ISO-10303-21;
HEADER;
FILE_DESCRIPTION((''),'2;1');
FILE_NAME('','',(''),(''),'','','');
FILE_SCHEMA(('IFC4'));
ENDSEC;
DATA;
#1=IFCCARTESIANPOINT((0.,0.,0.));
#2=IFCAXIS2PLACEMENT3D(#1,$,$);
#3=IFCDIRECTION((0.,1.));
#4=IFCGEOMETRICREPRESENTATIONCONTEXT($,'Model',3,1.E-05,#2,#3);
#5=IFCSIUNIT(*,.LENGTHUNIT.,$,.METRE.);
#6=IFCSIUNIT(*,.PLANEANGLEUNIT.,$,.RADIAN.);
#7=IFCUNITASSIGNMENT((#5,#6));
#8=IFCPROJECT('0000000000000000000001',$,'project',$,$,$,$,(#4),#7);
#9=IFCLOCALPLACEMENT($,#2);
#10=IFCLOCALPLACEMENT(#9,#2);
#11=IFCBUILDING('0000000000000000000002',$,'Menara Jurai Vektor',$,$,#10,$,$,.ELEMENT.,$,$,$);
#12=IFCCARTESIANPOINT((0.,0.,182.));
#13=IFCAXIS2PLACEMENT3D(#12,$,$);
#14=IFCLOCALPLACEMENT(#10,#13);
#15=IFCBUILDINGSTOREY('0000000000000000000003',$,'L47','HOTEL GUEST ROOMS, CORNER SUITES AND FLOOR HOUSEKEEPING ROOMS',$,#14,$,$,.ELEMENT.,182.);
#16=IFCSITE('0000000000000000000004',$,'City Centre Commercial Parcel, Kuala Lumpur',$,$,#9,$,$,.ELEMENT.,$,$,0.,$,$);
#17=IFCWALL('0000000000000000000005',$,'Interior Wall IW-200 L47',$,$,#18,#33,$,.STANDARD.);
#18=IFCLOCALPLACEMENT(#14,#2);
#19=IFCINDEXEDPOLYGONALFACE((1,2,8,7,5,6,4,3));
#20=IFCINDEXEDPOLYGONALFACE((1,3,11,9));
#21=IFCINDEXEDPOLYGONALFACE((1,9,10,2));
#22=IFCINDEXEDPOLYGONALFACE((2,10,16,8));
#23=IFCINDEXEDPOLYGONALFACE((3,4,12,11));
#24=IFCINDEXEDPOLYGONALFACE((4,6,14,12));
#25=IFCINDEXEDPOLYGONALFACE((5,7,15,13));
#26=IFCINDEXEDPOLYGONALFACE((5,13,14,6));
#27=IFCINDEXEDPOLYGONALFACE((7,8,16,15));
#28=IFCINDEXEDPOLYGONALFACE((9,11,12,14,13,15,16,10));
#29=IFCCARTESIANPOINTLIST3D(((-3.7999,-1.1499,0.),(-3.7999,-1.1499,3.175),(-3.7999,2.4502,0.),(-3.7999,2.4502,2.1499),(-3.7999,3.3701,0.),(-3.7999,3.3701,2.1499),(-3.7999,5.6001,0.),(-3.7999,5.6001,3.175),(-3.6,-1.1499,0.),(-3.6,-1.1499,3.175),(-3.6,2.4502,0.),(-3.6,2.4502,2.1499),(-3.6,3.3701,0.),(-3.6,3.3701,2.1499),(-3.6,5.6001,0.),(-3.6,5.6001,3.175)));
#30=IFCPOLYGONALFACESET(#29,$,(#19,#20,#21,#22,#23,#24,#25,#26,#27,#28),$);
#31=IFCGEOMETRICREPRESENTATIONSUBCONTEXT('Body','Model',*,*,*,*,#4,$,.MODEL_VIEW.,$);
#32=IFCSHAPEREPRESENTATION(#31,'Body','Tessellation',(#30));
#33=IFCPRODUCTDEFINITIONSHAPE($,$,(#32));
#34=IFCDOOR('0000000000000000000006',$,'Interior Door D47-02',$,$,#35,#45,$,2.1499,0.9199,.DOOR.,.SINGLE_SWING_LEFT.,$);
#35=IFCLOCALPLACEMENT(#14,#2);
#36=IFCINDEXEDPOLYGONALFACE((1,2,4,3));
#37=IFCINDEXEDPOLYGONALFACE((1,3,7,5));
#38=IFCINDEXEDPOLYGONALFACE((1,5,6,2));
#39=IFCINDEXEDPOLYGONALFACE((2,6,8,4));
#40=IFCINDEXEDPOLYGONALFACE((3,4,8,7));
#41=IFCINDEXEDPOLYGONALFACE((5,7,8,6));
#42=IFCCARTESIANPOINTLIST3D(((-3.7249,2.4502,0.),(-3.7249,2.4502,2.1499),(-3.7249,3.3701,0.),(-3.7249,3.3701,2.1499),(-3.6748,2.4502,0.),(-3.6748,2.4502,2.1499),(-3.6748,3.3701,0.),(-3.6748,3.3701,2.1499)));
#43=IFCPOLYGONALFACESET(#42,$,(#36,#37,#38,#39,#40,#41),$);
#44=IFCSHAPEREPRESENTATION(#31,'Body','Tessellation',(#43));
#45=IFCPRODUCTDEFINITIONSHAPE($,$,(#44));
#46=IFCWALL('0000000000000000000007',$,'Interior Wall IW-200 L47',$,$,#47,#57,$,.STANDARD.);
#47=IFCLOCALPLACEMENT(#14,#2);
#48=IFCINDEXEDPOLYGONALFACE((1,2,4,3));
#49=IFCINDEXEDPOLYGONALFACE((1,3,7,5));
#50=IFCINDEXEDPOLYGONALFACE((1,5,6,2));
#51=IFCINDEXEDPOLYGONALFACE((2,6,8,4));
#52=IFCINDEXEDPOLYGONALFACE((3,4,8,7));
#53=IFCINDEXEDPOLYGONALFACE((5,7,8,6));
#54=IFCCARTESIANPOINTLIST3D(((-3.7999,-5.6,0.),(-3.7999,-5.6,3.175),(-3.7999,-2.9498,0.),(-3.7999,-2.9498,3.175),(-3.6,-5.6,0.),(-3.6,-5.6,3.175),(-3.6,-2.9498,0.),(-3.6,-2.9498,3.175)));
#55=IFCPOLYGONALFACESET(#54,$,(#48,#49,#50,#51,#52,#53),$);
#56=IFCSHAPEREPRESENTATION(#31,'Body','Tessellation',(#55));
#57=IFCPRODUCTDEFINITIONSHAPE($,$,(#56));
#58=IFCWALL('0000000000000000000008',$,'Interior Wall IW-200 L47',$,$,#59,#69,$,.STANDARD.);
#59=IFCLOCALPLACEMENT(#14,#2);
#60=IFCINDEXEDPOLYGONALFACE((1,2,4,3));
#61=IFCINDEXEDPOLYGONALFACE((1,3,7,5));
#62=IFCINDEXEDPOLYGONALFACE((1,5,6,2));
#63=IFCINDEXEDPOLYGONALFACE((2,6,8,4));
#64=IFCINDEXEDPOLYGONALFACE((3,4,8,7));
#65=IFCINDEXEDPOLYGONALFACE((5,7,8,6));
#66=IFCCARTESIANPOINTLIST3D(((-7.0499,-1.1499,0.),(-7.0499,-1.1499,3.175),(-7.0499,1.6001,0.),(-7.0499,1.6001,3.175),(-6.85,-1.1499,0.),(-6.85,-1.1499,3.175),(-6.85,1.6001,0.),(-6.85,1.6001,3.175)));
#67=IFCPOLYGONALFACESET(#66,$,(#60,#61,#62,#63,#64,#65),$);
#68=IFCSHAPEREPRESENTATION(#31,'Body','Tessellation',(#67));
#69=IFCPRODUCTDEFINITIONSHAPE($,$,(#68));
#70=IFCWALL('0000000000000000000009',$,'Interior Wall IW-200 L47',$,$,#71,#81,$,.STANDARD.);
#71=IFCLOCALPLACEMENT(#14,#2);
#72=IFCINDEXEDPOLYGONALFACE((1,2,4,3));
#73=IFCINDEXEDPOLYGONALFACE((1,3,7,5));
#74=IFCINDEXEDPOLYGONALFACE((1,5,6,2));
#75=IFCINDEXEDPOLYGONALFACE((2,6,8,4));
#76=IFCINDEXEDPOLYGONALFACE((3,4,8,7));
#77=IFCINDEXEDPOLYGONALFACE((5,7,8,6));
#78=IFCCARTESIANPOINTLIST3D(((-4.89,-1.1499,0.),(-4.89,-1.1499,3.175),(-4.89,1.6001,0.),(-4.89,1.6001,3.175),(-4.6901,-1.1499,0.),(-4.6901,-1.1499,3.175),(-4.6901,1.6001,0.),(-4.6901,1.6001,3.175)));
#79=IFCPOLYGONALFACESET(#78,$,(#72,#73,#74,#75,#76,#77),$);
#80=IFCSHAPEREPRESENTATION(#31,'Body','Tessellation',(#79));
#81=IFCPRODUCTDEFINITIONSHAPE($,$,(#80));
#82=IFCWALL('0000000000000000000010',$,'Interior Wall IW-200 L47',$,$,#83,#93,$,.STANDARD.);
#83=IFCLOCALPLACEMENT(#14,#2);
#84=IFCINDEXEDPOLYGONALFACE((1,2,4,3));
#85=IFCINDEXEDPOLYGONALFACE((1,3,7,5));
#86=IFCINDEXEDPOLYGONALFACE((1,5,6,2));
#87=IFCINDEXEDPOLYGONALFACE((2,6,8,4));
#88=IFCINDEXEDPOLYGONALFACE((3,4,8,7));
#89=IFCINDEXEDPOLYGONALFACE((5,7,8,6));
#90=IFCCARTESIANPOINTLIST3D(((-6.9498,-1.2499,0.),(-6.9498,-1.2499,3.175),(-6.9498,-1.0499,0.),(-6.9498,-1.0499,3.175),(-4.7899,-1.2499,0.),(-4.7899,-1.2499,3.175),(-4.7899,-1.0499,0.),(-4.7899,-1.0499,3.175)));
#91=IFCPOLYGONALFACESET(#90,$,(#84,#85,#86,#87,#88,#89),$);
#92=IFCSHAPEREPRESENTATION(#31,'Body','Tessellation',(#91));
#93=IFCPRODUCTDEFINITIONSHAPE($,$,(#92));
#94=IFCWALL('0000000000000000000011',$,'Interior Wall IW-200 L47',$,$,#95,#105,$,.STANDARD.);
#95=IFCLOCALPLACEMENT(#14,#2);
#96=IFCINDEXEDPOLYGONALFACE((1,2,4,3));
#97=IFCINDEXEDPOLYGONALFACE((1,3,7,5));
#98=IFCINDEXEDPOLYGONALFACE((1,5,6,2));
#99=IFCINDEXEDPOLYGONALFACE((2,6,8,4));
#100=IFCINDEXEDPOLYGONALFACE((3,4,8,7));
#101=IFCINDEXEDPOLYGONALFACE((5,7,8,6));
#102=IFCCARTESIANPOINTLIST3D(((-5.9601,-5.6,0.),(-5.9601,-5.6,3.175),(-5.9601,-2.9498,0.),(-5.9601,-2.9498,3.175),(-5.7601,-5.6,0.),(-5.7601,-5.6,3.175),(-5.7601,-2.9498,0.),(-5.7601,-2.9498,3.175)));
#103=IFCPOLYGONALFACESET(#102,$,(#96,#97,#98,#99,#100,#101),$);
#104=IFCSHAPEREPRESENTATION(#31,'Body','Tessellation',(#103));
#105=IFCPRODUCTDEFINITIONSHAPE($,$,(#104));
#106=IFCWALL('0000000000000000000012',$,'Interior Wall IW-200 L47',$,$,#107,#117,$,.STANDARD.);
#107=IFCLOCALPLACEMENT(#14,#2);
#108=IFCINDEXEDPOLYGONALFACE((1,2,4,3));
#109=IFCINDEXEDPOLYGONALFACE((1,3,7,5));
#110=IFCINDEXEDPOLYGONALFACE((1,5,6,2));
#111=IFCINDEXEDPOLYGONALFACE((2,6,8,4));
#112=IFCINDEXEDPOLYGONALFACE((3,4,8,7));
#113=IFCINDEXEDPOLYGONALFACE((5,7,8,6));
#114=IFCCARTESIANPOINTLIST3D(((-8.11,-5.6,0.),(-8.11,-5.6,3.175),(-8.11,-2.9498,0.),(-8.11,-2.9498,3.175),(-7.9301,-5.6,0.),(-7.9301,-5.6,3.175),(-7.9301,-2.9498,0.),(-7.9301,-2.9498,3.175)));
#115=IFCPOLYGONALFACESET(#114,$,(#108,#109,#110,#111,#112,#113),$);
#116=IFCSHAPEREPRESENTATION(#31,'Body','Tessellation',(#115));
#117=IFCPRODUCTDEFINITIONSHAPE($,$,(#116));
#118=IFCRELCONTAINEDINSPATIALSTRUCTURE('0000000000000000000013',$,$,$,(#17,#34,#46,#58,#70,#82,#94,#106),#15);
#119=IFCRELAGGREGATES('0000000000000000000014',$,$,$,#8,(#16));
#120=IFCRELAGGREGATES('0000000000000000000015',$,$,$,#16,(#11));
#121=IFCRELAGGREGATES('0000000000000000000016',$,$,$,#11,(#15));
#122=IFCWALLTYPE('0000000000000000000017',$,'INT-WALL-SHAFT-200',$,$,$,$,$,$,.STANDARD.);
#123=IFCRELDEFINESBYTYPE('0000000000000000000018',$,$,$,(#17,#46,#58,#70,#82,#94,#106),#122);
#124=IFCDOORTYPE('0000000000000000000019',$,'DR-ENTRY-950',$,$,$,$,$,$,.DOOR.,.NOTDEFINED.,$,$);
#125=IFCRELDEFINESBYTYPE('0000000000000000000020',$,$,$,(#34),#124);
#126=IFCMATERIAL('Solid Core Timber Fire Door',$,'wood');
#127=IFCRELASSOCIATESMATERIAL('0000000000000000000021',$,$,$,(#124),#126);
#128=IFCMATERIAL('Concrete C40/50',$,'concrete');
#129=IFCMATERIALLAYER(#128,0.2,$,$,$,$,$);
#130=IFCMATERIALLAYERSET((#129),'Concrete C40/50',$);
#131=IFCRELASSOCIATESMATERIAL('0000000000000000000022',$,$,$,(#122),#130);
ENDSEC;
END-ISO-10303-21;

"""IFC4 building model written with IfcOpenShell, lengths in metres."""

from ifc_helpers import new_model, si_unit, direction, frame, frame_2d, origin, place, context, subcontext, project, spatial, rectangle, extrude, material, layer, layer_set, type_object, element, fill, save


model = new_model("IFC4")

# Units and contexts
model_context = context("Model", 3, precision=1e-05, world=origin(), true_north=direction((0.0, 1.0)))
body_context = subcontext(model_context, "Body", "Model", "MODEL_VIEW")
ifc_project = project(units=[si_unit("LENGTHUNIT", "METRE"), si_unit("PLANEANGLEUNIT", "RADIAN")], contexts=[model_context])

# Site, building, storey
site_placement = place(None, origin())
site = spatial("IfcSite", under=ifc_project, at=site_placement, Name="City Centre Commercial Parcel, Kuala Lumpur", CompositionType="ELEMENT", RefElevation=0.0)
building_placement = place(site_placement, origin())
building = spatial("IfcBuilding", under=site, at=building_placement, Name="Menara Jurai Vektor", CompositionType="ELEMENT")
storey_placement = place(building_placement, frame((0.0, 0.0, 182.0)))
storey = spatial("IfcBuildingStorey", under=building, at=storey_placement, Name="L47", Description="HOTEL GUEST ROOMS, CORNER SUITES AND FLOOR HOUSEKEEPING ROOMS", CompositionType="ELEMENT", Elevation=182.0)

# Shared definitions
ifc_material_1 = material(Name="Concrete C40/50", Category="concrete")

# Wall, opening, door
ifc_material_2 = material(Name="Solid Core Timber Fire Door", Category="wood")
door_type_1 = type_object("IfcDoorType", Name="DR-ENTRY-950", OperationType="NOTDEFINED", PredefinedType="DOOR", material=ifc_material_2)
ifc_layer_1 = layer(ifc_material_1, 0.2)
ifc_layer_set_1 = layer_set([ifc_layer_1], Name="Concrete C40/50")
wall_type_1 = type_object("IfcWallType", Name="INT-WALL-SHAFT-200", PredefinedType="STANDARD", material=ifc_layer_set_1)
wall_1_placement = place(storey_placement, frame((-3.7, -1.1499, 0.0), z_axis=(0.0, 0.0, 1.0), x_axis=(0.0, 1.0, 0.0)))
wall_1 = element("IfcWall", 1, at=wall_1_placement, inside=storey, type_object=wall_type_1, Name="Interior Wall IW-200 L47", PredefinedType="STANDARD", context=body_context, shape_type="SweptSolid", body=[
    extrude(rectangle(XDim=6.75, YDim=0.2, at=frame_2d((3.375, 0.0))), origin(), (0.0, 0.0, 1.0), 3.175),
])
opening_1_placement = place(wall_1_placement, frame((3.6001, 0.0, 0.0)))
opening_1 = element("IfcOpeningElement", 2, at=opening_1_placement, cuts=wall_1, PredefinedType="OPENING", context=body_context, shape_type="SweptSolid", body=[
    extrude(rectangle(XDim=0.9199, YDim=2.1499, at=frame_2d((0.46, 1.075))), frame((0.0, 0.1099, 0.0), z_axis=(0.0, -1.0, 0.0), x_axis=(1.0, 0.0, 0.0)), (0.0, 0.0, 1.0), 0.22),
])
door_1_placement = place(opening_1_placement, origin())
door_1 = element("IfcDoor", 3, at=door_1_placement, inside=storey, type_object=door_type_1, Name="Interior Door D47-02", OperationType="SINGLE_SWING_LEFT", OverallHeight=2.1499, OverallWidth=0.9199, PredefinedType="DOOR", context=body_context, shape_type="SweptSolid", body=[
    extrude(rectangle(XDim=0.9199, YDim=2.1499, at=frame_2d((0.46, 1.075))), frame((0.0, 0.0249, 0.0), z_axis=(0.0, -1.0, 0.0), x_axis=(1.0, 0.0, 0.0)), (0.0, 0.0, 1.0), 0.05),
])
fill(opening_1, door_1)

# Walls
wall_2_placement = place(storey_placement, frame((-3.7, -5.6001, 0.0), z_axis=(0.0, 0.0, 1.0), x_axis=(0.0, 1.0, 0.0)))
element("IfcWall", 4, at=wall_2_placement, inside=storey, type_object=wall_type_1, Name="Interior Wall IW-200 L47", PredefinedType="STANDARD", context=body_context, shape_type="SweptSolid", body=[
    extrude(rectangle(XDim=2.6501, YDim=0.2, at=frame_2d((1.3252, 0.0))), origin(), (0.0, 0.0, 1.0), 3.175),
])
wall_3_placement = place(storey_placement, frame((-6.95, -1.1499, 0.0), z_axis=(0.0, 0.0, 1.0), x_axis=(0.0, 1.0, 0.0)))
element("IfcWall", 5, at=wall_3_placement, inside=storey, type_object=wall_type_1, Name="Interior Wall IW-200 L47", PredefinedType="STANDARD", context=body_context, shape_type="SweptSolid", body=[
    extrude(rectangle(XDim=2.75, YDim=0.2, at=frame_2d((1.375, 0.0))), origin(), (0.0, 0.0, 1.0), 3.175),
])

# Walls
wall_4_placement = place(storey_placement, frame((-4.79, -1.1499, 0.0), z_axis=(0.0, 0.0, 1.0), x_axis=(0.0, 1.0, 0.0)))
element("IfcWall", 6, at=wall_4_placement, inside=storey, type_object=wall_type_1, Name="Interior Wall IW-200 L47", PredefinedType="STANDARD", context=body_context, shape_type="SweptSolid", body=[
    extrude(rectangle(XDim=2.75, YDim=0.2, at=frame_2d((1.375, 0.0))), origin(), (0.0, 0.0, 1.0), 3.175),
])
wall_5_placement = place(storey_placement, frame((-6.95, -1.1499, 0.0), z_axis=(0.0, 0.0, 1.0), x_axis=(1.0, 0.0, 0.0)))
element("IfcWall", 7, at=wall_5_placement, inside=storey, type_object=wall_type_1, Name="Interior Wall IW-200 L47", PredefinedType="STANDARD", context=body_context, shape_type="SweptSolid", body=[
    extrude(rectangle(XDim=2.1599, YDim=0.2, at=frame_2d((1.0801, 0.0))), origin(), (0.0, 0.0, 1.0), 3.175),
])
wall_6_placement = place(storey_placement, frame((-5.8601, -5.6001, 0.0), z_axis=(0.0, 0.0, 1.0), x_axis=(0.0, 1.0, 0.0)))
element("IfcWall", 8, at=wall_6_placement, inside=storey, type_object=wall_type_1, Name="Interior Wall IW-200 L47", PredefinedType="STANDARD", context=body_context, shape_type="SweptSolid", body=[
    extrude(rectangle(XDim=2.6501, YDim=0.2, at=frame_2d((1.3252, 0.0))), origin(), (0.0, 0.0, 1.0), 3.175),
])
wall_7_placement = place(storey_placement, frame((-8.02, -5.6001, 0.0), z_axis=(0.0, 0.0, 1.0), x_axis=(0.0, 1.0, 0.0)))
element("IfcWall", 9, at=wall_7_placement, inside=storey, type_object=wall_type_1, Name="Interior Wall IW-200 L47", PredefinedType="STANDARD", context=body_context, shape_type="SweptSolid", body=[
    extrude(rectangle(XDim=2.6501, YDim=0.1799, at=frame_2d((1.3252, 0.0))), origin(), (0.0, 0.0, 1.0), 3.175),
])

save(model, "model.ifc")
